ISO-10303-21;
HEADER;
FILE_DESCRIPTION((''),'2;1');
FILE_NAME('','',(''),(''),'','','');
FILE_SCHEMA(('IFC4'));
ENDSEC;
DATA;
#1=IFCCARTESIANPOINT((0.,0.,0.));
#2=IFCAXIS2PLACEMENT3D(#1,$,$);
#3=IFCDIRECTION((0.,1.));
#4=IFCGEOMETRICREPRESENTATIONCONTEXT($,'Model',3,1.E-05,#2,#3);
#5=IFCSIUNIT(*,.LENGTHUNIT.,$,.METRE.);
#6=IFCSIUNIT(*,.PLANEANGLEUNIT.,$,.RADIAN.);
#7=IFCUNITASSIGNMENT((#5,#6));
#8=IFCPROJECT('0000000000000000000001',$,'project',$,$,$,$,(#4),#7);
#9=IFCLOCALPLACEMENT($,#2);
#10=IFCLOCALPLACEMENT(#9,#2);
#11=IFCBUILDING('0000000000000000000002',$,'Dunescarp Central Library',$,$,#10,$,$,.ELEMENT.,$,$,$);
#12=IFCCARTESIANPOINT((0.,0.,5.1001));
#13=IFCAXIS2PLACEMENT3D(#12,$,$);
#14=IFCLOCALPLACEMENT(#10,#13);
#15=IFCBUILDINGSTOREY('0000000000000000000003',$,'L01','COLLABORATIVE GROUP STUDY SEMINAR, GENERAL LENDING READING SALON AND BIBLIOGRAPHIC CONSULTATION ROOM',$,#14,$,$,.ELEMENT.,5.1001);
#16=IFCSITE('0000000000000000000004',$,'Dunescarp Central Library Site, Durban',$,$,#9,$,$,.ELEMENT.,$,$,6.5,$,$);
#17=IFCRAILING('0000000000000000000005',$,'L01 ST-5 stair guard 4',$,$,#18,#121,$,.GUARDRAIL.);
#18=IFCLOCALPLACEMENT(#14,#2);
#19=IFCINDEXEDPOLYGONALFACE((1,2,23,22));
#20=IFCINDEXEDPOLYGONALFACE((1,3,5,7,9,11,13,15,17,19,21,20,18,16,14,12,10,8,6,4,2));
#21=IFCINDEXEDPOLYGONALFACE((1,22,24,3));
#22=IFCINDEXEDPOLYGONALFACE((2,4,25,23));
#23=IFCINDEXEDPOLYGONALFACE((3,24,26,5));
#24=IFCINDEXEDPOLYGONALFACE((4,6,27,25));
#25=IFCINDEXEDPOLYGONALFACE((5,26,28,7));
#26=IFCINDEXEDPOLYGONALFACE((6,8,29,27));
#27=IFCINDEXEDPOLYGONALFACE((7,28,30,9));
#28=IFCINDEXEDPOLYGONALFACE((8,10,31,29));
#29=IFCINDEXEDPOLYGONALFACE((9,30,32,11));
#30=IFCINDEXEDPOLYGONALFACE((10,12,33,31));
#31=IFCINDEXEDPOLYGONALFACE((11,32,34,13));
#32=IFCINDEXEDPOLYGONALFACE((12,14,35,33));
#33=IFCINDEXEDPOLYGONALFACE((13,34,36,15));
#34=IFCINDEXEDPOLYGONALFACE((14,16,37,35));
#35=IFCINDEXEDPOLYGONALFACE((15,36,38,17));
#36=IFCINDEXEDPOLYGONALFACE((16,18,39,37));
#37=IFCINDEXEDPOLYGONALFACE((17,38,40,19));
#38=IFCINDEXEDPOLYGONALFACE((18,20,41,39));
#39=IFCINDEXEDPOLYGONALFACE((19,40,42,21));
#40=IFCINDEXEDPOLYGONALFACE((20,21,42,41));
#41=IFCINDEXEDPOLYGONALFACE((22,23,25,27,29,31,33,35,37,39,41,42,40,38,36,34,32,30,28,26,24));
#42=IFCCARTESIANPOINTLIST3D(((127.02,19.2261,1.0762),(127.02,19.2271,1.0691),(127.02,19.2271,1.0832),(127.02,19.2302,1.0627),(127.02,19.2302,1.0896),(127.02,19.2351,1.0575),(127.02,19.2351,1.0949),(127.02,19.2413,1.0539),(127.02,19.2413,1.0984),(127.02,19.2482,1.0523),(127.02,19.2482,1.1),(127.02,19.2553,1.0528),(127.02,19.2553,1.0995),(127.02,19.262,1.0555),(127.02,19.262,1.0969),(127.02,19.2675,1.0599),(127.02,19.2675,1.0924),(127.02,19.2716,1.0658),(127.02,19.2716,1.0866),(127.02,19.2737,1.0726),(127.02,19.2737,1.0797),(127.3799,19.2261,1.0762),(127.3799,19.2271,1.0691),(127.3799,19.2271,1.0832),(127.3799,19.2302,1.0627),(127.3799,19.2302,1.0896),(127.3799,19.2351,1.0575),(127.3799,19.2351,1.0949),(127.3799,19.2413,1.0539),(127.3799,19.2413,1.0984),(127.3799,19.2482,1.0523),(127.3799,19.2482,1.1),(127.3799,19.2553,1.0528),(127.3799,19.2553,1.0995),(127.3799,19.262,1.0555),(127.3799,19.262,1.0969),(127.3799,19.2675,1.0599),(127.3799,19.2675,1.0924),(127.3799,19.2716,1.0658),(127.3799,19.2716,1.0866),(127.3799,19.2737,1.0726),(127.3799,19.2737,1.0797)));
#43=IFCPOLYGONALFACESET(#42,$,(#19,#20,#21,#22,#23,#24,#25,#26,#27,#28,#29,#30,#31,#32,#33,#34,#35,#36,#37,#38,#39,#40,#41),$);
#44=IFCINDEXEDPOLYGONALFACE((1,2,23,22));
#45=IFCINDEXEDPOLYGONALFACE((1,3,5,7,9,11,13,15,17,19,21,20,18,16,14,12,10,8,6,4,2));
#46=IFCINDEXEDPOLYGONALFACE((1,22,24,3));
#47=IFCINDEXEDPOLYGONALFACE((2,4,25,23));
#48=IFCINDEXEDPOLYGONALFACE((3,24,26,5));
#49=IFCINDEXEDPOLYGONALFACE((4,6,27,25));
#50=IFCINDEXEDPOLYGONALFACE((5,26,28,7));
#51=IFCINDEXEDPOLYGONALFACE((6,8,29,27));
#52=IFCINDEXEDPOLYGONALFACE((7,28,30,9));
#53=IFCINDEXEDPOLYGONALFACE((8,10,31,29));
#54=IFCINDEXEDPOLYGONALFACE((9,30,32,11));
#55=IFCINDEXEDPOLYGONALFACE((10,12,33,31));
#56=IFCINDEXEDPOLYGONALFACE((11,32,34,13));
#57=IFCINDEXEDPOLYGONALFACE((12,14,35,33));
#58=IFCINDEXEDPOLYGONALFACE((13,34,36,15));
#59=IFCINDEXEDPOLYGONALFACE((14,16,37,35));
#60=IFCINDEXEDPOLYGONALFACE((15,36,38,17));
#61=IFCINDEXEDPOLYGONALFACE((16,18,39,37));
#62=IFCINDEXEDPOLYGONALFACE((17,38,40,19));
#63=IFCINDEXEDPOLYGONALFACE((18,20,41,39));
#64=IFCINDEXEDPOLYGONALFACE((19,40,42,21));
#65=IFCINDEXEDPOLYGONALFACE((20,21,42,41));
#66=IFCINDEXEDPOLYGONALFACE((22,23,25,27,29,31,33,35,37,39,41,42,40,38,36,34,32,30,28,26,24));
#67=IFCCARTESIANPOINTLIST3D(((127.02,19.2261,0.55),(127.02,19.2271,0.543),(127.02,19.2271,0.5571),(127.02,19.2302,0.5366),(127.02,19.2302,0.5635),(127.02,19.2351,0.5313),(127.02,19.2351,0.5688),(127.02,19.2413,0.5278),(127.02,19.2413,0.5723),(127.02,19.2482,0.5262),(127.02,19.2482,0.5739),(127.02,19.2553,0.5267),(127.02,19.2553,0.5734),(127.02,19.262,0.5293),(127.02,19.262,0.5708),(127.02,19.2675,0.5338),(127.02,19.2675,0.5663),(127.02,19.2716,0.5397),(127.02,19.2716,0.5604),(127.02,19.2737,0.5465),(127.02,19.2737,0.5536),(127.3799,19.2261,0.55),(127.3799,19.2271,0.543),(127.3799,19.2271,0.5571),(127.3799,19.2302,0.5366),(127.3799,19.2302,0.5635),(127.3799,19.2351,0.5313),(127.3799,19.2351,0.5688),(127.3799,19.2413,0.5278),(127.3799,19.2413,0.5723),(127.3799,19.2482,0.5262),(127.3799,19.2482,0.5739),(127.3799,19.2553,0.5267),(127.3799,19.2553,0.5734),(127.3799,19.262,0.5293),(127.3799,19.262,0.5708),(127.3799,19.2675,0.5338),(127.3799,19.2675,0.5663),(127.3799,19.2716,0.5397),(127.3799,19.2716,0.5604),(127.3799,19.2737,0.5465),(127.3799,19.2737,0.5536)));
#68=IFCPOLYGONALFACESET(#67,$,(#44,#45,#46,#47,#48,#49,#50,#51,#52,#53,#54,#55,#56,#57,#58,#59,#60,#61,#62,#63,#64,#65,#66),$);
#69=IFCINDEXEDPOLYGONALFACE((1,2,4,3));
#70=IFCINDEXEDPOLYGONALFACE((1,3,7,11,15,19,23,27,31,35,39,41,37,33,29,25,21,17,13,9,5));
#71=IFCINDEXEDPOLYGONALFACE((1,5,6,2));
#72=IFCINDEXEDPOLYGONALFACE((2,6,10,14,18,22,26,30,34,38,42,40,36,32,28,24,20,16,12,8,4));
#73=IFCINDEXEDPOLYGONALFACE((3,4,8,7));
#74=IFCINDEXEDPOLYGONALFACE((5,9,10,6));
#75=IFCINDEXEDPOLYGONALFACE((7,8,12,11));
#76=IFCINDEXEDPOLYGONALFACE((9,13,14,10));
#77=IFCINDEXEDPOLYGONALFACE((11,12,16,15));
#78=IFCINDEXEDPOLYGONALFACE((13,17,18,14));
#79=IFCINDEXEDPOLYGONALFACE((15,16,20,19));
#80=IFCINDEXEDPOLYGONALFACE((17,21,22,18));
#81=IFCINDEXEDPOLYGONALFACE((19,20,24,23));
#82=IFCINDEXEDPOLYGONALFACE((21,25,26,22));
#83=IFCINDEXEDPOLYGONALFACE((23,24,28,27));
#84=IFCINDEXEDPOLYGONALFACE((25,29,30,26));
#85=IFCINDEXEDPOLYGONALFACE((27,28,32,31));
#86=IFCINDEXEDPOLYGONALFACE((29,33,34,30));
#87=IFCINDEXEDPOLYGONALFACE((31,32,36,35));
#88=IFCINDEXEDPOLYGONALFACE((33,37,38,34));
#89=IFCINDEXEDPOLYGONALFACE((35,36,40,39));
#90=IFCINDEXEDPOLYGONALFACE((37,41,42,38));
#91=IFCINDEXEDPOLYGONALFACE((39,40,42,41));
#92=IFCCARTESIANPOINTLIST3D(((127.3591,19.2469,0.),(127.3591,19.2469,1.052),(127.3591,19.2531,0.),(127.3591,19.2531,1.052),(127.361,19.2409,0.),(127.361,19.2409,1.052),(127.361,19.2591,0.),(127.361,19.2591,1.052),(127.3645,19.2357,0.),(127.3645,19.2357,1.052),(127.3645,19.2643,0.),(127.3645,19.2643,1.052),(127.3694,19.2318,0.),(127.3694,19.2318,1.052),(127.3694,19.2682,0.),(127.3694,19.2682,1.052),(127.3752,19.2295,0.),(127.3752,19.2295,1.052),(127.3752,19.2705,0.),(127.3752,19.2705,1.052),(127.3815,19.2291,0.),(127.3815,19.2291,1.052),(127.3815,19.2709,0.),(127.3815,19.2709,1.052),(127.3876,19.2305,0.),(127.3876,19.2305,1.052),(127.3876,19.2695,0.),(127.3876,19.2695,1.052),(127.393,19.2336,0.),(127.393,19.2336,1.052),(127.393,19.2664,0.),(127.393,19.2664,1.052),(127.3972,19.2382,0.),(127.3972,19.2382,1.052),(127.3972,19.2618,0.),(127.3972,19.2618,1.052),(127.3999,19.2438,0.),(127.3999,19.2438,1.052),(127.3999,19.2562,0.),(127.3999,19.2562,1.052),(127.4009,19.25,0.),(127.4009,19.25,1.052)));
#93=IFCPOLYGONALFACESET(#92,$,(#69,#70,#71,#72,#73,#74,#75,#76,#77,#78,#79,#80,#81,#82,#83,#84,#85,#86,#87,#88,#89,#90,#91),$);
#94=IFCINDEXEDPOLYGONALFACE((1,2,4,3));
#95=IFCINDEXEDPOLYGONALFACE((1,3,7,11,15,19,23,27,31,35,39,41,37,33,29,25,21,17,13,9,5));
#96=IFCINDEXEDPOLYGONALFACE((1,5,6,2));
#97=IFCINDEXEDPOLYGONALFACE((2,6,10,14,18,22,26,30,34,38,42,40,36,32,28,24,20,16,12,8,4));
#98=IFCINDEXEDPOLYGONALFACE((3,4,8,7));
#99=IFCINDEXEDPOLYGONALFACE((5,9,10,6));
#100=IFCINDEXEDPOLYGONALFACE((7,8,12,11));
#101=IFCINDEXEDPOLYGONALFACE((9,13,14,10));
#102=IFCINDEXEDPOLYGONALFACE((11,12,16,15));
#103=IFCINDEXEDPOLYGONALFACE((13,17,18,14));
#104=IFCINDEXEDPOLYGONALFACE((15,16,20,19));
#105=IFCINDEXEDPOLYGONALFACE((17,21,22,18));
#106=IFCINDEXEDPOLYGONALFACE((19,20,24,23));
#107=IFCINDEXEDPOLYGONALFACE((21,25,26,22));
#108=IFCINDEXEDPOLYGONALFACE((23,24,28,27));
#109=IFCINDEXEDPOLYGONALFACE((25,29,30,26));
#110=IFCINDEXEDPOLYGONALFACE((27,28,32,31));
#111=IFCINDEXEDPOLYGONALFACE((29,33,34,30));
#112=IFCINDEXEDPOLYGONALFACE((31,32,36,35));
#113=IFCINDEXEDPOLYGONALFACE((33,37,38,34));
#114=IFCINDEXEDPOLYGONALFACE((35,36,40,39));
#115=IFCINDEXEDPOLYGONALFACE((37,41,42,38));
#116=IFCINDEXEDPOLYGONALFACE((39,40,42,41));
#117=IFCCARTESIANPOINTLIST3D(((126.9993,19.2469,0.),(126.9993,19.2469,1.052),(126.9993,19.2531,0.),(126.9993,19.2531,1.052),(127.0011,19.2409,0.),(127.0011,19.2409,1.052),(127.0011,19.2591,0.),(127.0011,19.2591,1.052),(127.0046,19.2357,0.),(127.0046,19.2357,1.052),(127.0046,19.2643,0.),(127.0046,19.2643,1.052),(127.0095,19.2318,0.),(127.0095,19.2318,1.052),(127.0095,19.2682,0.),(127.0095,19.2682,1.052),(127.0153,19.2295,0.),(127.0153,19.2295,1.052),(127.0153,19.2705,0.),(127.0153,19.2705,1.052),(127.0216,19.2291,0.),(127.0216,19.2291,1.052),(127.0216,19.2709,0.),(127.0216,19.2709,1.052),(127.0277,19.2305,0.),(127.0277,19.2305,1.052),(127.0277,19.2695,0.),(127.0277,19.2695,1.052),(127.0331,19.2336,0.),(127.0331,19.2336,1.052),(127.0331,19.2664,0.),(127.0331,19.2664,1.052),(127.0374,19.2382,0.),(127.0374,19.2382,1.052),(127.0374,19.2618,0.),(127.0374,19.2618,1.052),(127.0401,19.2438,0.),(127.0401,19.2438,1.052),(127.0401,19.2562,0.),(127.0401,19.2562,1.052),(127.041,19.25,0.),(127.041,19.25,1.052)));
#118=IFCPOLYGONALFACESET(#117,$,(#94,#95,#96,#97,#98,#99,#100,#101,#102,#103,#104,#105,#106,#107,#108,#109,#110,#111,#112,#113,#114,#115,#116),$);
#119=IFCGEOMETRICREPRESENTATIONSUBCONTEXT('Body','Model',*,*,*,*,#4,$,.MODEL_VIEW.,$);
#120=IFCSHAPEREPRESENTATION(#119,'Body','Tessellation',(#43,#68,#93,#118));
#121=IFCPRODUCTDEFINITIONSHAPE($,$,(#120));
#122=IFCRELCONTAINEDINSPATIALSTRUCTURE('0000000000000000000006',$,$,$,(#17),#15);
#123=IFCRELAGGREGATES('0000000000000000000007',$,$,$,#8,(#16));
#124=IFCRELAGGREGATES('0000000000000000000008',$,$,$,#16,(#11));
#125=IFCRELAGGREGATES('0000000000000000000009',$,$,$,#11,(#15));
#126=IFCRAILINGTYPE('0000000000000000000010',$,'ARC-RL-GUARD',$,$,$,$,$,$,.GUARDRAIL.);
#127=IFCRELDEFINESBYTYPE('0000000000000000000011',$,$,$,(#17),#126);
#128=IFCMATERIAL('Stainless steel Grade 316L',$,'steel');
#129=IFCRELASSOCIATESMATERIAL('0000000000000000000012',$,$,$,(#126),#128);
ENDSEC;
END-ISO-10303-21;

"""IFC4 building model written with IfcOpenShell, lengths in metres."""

from ifc_helpers import new_model, si_unit, direction, frame, origin, origin_2d, place, context, subcontext, project, spatial, circle, extrude, material, type_object, element, save


model = new_model("IFC4")

# Units and contexts
model_context = context("Model", 3, precision=1e-05, world=origin(), true_north=direction((0.0, 1.0)))
body_context = subcontext(model_context, "Body", "Model", "MODEL_VIEW")
ifc_project = project(units=[si_unit("LENGTHUNIT", "METRE"), si_unit("PLANEANGLEUNIT", "RADIAN")], contexts=[model_context])

# Site, building, storey
site_placement = place(None, origin())
site = spatial("IfcSite", under=ifc_project, at=site_placement, Name="Dunescarp Central Library Site, Durban", CompositionType="ELEMENT", RefElevation=6.5)
building_placement = place(site_placement, origin())
building = spatial("IfcBuilding", under=site, at=building_placement, Name="Dunescarp Central Library", CompositionType="ELEMENT")
storey_placement = place(building_placement, frame((0.0, 0.0, 5.1001)))
storey = spatial("IfcBuildingStorey", under=building, at=storey_placement, Name="L01", Description="COLLABORATIVE GROUP STUDY SEMINAR, GENERAL LENDING READING SALON AND BIBLIOGRAPHIC CONSULTATION ROOM", CompositionType="ELEMENT", Elevation=5.1001)

# Railing
ifc_material_1 = material(Name="Stainless steel Grade 316L", Category="steel")
railing_type_1 = type_object("IfcRailingType", Name="ARC-RL-GUARD", PredefinedType="GUARDRAIL", material=ifc_material_1)
railing_1_placement = place(storey_placement, frame((127.3799, 19.25, 0.0)))
element("IfcRailing", 1, at=railing_1_placement, inside=storey, type_object=railing_type_1, Name="L01 ST-5 stair guard 4", PredefinedType="GUARDRAIL", context=body_context, shape_type="SweptSolid", body=[
    extrude(circle(Radius=0.0239, at=origin_2d()), frame((0.0, 0.0, 1.0762), z_axis=(-1.0, 0.0, 0.0), x_axis=(0.0, -1.0, 0.0)), (0.0, 0.0, 1.0), 0.3599),
    extrude(circle(Radius=0.0239, at=origin_2d()), frame((0.0, 0.0, 0.55), z_axis=(-1.0, 0.0, 0.0), x_axis=(0.0, -1.0, 0.0)), (0.0, 0.0, 1.0), 0.3599),
    extrude(circle(Radius=0.021, at=origin_2d()), origin(), (0.0, 0.0, 1.0), 1.052),
    extrude(circle(Radius=0.021, at=origin_2d()), frame((-0.3599, 0.0, 0.0)), (0.0, 0.0, 1.0), 1.052),
])

save(model, "model.ifc")
